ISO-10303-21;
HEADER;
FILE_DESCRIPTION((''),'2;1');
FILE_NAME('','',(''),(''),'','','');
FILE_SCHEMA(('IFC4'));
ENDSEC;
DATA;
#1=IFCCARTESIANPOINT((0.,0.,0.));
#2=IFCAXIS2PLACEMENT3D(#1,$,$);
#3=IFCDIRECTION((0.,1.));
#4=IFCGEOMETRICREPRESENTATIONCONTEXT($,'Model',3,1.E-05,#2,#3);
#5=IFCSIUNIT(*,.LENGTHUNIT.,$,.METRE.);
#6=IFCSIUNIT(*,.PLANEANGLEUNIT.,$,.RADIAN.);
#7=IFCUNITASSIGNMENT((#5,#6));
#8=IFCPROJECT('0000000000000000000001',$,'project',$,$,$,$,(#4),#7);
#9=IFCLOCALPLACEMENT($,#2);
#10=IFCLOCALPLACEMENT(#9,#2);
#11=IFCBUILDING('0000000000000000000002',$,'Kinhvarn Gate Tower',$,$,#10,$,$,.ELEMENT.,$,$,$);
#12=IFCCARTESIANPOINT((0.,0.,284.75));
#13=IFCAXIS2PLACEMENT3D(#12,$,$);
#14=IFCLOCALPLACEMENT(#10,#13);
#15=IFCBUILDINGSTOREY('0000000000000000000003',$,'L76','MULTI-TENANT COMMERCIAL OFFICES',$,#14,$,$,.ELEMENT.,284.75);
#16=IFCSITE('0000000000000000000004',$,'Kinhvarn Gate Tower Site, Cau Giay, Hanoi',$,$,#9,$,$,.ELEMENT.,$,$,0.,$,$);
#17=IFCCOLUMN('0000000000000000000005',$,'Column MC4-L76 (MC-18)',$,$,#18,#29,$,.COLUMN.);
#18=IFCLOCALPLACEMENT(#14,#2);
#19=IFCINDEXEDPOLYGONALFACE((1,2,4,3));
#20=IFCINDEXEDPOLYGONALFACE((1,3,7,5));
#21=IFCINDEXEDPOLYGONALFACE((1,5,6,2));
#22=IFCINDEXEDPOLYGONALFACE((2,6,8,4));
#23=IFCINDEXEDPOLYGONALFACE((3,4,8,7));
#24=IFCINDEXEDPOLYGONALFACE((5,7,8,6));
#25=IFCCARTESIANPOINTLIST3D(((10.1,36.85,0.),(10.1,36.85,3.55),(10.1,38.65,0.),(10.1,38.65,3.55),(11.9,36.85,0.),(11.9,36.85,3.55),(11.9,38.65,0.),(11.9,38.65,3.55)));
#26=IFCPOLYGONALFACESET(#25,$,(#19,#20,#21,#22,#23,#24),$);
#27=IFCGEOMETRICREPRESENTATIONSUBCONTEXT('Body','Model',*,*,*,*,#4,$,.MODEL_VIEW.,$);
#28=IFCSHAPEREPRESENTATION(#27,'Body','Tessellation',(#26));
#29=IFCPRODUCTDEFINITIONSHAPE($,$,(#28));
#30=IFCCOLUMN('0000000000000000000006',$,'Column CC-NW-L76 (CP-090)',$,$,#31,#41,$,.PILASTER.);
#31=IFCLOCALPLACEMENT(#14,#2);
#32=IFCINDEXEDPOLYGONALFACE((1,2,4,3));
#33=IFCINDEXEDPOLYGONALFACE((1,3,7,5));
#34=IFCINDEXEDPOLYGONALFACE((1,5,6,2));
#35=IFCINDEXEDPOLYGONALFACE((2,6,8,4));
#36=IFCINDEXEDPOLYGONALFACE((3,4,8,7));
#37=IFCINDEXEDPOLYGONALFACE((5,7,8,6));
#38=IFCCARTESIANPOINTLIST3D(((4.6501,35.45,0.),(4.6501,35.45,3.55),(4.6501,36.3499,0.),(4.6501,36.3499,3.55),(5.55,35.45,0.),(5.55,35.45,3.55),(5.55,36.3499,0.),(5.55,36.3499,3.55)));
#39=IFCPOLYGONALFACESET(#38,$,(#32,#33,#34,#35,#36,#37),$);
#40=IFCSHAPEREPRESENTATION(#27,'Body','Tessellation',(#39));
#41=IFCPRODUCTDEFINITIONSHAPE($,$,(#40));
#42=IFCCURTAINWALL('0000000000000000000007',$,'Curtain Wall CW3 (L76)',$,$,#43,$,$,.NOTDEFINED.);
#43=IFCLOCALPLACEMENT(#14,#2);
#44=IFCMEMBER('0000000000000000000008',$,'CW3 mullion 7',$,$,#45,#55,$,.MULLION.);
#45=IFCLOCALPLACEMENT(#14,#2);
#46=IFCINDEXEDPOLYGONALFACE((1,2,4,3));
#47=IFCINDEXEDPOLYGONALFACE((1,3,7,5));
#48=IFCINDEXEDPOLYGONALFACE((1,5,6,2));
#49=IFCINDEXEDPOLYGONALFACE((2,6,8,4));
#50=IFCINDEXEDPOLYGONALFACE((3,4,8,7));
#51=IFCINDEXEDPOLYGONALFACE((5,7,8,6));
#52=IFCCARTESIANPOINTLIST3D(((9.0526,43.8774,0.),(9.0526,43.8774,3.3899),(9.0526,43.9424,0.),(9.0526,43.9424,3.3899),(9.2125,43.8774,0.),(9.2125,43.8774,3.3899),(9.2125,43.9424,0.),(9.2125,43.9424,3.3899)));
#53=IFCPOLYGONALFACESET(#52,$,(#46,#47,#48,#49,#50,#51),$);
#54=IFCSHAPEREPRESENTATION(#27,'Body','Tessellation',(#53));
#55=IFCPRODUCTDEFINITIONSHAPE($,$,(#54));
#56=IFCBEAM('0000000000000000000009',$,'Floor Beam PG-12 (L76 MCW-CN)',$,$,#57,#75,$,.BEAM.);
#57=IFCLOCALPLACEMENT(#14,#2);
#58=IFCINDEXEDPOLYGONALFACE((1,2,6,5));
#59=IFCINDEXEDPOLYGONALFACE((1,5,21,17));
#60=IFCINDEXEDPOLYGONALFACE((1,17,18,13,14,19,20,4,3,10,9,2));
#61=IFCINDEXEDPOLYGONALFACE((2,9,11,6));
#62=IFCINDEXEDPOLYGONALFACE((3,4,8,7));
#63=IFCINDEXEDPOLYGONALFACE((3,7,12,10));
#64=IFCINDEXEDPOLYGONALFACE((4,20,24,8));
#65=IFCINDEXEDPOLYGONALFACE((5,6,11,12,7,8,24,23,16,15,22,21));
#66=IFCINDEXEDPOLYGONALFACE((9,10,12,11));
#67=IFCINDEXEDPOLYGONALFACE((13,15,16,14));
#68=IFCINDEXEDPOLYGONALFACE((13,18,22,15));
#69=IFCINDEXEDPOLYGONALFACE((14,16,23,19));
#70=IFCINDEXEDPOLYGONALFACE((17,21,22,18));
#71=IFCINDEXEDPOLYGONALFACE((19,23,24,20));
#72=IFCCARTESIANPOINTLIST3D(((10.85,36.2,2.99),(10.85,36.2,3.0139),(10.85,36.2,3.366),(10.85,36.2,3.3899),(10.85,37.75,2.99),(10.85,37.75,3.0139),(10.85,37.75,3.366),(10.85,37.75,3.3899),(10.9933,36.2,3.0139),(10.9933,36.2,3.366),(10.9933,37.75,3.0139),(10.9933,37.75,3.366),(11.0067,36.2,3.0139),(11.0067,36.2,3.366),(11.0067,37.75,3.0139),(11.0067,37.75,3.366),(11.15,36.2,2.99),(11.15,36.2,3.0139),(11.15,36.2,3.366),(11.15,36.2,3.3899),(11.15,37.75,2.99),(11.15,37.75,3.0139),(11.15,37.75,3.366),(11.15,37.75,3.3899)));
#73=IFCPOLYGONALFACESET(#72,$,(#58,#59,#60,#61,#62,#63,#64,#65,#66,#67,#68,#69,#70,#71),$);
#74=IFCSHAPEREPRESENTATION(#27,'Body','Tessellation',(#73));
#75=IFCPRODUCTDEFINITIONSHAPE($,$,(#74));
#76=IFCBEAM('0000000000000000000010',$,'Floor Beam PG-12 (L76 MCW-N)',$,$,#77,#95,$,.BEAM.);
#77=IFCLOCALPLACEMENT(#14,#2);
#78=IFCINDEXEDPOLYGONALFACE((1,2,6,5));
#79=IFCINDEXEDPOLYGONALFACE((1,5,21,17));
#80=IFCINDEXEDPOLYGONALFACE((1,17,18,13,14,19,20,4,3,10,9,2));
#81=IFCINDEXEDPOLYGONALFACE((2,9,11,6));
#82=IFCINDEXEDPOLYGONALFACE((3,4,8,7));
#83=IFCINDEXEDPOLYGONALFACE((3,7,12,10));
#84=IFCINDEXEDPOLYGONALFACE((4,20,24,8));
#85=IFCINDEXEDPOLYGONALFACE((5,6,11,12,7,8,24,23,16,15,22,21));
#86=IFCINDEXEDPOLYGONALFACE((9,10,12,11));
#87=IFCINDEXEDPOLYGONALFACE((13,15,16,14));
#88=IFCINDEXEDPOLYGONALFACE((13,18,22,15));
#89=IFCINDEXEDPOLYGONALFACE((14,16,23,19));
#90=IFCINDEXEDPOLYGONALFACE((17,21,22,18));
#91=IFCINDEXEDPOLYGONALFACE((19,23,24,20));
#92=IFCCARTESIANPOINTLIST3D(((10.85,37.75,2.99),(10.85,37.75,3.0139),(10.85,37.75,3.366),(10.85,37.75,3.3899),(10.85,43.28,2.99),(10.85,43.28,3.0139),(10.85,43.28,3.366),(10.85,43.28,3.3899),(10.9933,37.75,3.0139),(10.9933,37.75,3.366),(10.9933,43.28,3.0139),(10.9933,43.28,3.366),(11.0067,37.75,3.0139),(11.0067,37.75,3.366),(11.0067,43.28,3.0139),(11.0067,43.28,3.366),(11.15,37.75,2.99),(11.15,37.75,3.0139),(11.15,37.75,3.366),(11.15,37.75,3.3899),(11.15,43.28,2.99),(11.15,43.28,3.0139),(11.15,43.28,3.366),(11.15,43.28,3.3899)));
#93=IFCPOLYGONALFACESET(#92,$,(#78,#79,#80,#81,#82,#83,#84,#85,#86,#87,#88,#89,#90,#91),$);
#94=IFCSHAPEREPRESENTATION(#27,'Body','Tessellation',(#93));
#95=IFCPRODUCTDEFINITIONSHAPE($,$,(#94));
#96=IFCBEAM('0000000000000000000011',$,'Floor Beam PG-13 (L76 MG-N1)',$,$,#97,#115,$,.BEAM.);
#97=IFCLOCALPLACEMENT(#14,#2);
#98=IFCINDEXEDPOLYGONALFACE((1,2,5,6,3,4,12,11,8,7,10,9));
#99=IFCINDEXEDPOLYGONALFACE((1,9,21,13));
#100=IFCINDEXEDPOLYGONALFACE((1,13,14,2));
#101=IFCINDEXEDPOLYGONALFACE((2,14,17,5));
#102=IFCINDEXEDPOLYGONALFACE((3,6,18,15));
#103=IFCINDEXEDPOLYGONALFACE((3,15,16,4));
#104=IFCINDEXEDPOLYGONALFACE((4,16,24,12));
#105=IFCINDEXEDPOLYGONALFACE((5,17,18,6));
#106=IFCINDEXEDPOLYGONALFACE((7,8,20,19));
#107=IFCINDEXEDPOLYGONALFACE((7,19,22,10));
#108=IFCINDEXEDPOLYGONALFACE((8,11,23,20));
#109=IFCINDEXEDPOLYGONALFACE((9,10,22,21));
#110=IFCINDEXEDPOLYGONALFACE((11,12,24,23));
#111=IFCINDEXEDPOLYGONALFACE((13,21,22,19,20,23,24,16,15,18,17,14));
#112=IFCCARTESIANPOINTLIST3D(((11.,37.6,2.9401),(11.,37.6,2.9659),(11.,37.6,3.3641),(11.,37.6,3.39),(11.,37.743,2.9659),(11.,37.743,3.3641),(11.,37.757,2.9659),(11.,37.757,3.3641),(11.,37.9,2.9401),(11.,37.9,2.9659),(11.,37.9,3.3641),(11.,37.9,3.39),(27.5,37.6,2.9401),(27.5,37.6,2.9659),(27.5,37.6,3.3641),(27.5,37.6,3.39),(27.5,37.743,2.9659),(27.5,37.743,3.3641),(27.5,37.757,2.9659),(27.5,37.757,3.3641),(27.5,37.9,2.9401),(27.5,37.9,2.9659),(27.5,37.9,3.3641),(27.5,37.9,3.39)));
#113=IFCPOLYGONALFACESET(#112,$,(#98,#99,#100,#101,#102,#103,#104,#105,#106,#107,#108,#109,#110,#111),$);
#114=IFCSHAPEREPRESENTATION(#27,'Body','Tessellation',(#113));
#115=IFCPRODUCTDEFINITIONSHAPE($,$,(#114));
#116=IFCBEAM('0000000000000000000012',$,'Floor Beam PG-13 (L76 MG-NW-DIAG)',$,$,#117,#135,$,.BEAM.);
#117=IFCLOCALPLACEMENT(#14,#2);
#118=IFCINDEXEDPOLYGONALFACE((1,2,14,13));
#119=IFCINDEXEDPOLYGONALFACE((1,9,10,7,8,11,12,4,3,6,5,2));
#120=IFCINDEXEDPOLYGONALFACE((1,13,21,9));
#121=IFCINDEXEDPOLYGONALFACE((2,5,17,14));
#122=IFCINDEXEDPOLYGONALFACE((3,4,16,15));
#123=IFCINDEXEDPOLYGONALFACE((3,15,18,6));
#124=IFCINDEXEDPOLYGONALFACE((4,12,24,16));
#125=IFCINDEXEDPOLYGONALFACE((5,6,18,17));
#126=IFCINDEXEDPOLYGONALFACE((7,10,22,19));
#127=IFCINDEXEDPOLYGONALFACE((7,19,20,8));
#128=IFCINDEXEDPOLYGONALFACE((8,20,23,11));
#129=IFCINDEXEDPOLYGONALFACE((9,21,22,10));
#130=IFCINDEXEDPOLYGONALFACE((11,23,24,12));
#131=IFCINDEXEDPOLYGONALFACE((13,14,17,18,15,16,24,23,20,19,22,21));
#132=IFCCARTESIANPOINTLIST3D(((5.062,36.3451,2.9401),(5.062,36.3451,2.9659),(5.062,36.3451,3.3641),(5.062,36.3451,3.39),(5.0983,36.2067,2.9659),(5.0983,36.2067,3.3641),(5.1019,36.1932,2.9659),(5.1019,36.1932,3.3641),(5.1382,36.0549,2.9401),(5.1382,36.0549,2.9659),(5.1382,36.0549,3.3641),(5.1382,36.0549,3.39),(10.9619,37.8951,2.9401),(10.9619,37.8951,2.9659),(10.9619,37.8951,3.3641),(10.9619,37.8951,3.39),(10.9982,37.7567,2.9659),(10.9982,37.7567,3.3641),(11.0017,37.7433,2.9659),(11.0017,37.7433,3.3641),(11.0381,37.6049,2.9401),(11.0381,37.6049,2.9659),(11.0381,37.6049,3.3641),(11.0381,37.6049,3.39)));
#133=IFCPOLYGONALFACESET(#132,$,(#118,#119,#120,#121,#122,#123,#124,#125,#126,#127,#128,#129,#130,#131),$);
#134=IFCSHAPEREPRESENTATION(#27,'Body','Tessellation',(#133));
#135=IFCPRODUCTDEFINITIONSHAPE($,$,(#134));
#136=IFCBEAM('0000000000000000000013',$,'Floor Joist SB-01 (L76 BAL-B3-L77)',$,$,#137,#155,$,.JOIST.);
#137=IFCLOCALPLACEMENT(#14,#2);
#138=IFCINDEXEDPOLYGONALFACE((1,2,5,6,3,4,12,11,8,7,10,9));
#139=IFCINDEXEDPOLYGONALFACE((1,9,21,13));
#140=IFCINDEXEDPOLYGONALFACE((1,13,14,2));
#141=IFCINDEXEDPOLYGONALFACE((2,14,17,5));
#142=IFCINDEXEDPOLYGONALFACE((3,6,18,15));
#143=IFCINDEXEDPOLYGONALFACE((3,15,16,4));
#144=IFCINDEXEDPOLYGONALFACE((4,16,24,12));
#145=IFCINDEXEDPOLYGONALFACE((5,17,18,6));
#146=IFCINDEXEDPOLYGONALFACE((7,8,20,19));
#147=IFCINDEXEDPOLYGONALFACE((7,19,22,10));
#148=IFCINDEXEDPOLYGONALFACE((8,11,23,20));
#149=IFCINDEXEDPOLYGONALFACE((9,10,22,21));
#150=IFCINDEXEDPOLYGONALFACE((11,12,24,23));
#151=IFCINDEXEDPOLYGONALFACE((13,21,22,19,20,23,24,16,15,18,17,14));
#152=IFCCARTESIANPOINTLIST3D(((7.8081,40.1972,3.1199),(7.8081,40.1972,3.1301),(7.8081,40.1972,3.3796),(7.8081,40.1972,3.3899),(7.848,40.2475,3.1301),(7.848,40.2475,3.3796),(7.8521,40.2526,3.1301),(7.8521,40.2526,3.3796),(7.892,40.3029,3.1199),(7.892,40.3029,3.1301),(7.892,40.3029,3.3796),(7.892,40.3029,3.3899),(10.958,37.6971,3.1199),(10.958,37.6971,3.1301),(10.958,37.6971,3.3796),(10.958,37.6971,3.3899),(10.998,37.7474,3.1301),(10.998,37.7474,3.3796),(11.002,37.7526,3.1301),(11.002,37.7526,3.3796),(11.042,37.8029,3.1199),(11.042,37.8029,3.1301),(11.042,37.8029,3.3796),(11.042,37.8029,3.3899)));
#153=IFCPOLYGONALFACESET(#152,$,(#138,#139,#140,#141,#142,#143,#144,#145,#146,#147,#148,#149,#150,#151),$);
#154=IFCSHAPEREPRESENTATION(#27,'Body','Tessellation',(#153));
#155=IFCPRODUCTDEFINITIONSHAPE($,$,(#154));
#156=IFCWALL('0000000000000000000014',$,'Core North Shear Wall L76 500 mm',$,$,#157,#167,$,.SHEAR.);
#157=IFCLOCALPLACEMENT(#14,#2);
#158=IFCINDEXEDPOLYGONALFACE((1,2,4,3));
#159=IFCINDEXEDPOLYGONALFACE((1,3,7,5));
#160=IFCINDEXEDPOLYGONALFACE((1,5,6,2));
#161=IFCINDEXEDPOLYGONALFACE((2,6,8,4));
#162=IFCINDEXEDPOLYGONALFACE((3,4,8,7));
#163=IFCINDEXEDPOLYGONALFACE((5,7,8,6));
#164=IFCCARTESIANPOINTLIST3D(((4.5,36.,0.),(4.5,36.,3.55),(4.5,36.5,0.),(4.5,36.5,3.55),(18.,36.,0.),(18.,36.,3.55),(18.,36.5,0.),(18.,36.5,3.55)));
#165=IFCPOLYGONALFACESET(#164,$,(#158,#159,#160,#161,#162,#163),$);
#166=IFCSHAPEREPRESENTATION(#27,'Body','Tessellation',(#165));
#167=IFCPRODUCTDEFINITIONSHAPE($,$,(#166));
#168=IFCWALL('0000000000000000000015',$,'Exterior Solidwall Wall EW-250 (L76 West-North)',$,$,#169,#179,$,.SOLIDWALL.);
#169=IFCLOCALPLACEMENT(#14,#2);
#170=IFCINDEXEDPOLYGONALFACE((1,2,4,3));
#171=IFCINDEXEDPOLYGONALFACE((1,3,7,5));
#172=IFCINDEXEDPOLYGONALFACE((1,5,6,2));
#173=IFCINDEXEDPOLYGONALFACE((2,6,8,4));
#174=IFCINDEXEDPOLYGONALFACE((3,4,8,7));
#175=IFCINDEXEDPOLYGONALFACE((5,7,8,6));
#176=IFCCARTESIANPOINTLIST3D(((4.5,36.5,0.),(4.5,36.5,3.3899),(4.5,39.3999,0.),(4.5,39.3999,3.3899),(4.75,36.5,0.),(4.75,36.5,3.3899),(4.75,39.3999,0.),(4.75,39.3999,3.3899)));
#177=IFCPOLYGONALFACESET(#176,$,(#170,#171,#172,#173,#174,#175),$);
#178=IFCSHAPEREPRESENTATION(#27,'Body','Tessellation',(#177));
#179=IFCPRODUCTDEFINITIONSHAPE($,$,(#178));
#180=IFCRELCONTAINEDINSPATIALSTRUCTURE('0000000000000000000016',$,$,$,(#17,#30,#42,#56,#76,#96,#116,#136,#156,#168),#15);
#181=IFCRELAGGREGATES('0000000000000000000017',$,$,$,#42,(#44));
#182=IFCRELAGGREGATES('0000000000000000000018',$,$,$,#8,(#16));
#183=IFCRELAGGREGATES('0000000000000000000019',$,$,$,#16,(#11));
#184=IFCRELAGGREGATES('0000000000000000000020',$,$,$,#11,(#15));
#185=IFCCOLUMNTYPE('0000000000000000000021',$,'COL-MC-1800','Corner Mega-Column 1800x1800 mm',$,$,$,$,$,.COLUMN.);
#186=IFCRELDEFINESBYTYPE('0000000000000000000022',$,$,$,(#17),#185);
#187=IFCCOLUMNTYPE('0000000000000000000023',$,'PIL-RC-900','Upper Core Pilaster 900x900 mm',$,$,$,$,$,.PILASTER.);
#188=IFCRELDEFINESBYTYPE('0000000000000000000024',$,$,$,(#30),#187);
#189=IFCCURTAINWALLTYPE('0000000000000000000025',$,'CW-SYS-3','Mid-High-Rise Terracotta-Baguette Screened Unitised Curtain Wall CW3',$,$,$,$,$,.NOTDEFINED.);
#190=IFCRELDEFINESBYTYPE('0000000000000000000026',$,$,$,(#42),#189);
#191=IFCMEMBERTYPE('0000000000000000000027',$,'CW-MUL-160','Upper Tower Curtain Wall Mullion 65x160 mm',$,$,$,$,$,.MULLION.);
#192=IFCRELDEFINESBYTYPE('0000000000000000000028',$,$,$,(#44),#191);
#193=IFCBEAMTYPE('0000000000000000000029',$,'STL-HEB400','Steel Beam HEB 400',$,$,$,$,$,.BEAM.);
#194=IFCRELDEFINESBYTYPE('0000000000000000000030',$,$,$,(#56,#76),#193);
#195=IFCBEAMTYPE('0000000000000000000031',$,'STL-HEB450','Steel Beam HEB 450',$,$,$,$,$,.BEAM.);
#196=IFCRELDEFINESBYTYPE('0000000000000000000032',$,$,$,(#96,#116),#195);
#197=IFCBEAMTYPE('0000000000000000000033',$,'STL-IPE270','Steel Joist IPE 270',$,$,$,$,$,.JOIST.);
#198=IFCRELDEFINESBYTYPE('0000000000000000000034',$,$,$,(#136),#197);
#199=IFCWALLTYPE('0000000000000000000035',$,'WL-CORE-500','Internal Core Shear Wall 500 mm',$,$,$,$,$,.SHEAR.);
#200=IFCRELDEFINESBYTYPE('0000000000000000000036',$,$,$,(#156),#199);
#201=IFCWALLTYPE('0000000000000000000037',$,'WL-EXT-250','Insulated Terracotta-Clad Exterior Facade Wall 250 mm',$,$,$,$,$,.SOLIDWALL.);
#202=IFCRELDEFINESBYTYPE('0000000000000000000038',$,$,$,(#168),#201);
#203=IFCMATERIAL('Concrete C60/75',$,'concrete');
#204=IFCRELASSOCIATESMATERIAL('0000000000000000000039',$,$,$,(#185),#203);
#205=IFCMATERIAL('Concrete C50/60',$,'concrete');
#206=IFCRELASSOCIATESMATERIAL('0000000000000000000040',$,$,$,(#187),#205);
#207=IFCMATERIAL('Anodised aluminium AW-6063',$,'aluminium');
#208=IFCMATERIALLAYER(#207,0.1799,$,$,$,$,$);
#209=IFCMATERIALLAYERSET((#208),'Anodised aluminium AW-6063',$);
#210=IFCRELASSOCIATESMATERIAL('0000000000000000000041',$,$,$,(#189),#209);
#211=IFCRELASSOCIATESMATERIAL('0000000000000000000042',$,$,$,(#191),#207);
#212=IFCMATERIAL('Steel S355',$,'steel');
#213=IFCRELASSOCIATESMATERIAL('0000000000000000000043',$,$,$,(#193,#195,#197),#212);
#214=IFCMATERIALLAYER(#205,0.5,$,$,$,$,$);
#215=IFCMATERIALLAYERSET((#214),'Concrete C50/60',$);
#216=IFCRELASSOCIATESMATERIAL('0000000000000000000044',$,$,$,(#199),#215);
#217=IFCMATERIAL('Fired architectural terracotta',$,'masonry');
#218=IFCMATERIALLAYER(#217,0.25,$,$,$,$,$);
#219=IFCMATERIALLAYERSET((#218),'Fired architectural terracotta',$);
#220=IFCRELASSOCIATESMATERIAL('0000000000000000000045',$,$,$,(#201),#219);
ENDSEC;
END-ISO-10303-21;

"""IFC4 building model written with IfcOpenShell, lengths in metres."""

from ifc_helpers import new_model, si_unit, direction, frame, frame_2d, origin, origin_2d, place, context, subcontext, project, spatial, rectangle, i_section, extrude, material, layer, layer_set, material_profile, profile_set, type_object, element, aggregate, save


model = new_model("IFC4")

# Units and contexts
model_context = context("Model", 3, precision=1e-05, world=origin(), true_north=direction((0.0, 1.0)))
body_context = subcontext(model_context, "Body", "Model", "MODEL_VIEW")
ifc_project = project(units=[si_unit("LENGTHUNIT", "METRE"), si_unit("PLANEANGLEUNIT", "RADIAN")], contexts=[model_context])

# Site, building, storey
site_placement = place(None, origin())
site = spatial("IfcSite", under=ifc_project, at=site_placement, Name="Kinhvarn Gate Tower Site, Cau Giay, Hanoi", CompositionType="ELEMENT", RefElevation=0.0)
building_placement = place(site_placement, origin())
building = spatial("IfcBuilding", under=site, at=building_placement, Name="Kinhvarn Gate Tower", CompositionType="ELEMENT")
storey_placement = place(building_placement, frame((0.0, 0.0, 284.75)))
storey = spatial("IfcBuildingStorey", under=building, at=storey_placement, Name="L76", Description="MULTI-TENANT COMMERCIAL OFFICES", CompositionType="ELEMENT", Elevation=284.75)

# Columns
ifc_material_1 = material(Name="Concrete C60/75", Category="concrete")
ifc_material_profile_1 = material_profile(ifc_material_1, rectangle(XDim=1.8, YDim=1.8, at=origin_2d()), Name="RC 1800x1800")
ifc_profile_set_1 = profile_set([ifc_material_profile_1], Name="Concrete C60/75")
column_type_1 = type_object("IfcColumnType", Name="COL-MC-1800", Description="Corner Mega-Column 1800x1800 mm", PredefinedType="COLUMN", material=ifc_profile_set_1)
column_1_placement = place(storey_placement, frame((11.0, 37.75, 0.0), z_axis=(0.0, 0.0, 1.0), x_axis=(1.0, 0.0, 0.0)))
element("IfcColumn", 1, at=column_1_placement, inside=storey, type_object=column_type_1, Name="Column MC4-L76 (MC-18)", PredefinedType="COLUMN", context=body_context, shape_type="SweptSolid", body=[
    extrude(rectangle(XDim=1.8, YDim=1.8, at=origin_2d()), origin(), (0.0, 0.0, 1.0), 3.55),
])
ifc_material_2 = material(Name="Concrete C50/60", Category="concrete")
ifc_material_profile_2 = material_profile(ifc_material_2, rectangle(XDim=0.8999, YDim=0.8999, at=origin_2d()), Name="RC 900x900")
ifc_profile_set_2 = profile_set([ifc_material_profile_2], Name="Concrete C50/60")
column_type_2 = type_object("IfcColumnType", Name="PIL-RC-900", Description="Upper Core Pilaster 900x900 mm", PredefinedType="PILASTER", material=ifc_profile_set_2)
column_2_placement = place(storey_placement, frame((5.1001, 35.8999, 0.0), z_axis=(0.0, 0.0, 1.0), x_axis=(1.0, 0.0, 0.0)))
element("IfcColumn", 2, at=column_2_placement, inside=storey, type_object=column_type_2, Name="Column CC-NW-L76 (CP-090)", PredefinedType="PILASTER", context=body_context, shape_type="SweptSolid", body=[
    extrude(rectangle(XDim=0.8999, YDim=0.8999, at=origin_2d()), origin(), (0.0, 0.0, 1.0), 3.55),
])

# Curtain wall, member
ifc_material_3 = material(Name="Anodised aluminium AW-6063", Category="aluminium")
ifc_layer_1 = layer(ifc_material_3, 0.1799)
ifc_layer_set_1 = layer_set([ifc_layer_1], Name="Anodised aluminium AW-6063")
curtain_wall_type = type_object("IfcCurtainWallType", Name="CW-SYS-3", Description="Mid-High-Rise Terracotta-Baguette Screened Unitised Curtain Wall CW3", PredefinedType="NOTDEFINED", material=ifc_layer_set_1)
curtain_wall_placement = place(storey_placement, origin())
curtain_wall = element("IfcCurtainWall", 3, at=curtain_wall_placement, inside=storey, type_object=curtain_wall_type, Name="Curtain Wall CW3 (L76)", PredefinedType="NOTDEFINED")
ifc_material_profile_3 = material_profile(ifc_material_3, rectangle(XDim=0.0649, YDim=0.1599, at=origin_2d()), Name="ALU 65x160")
ifc_profile_set_3 = profile_set([ifc_material_profile_3], Name="Anodised aluminium AW-6063")
member_type = type_object("IfcMemberType", Name="CW-MUL-160", Description="Upper Tower Curtain Wall Mullion 65x160 mm", PredefinedType="MULLION", material=ifc_profile_set_3)
member_placement = place(storey_placement, frame((9.1326, 43.9099, 0.0), z_axis=(0.0, 0.0, 1.0), x_axis=(0.0, -1.0, 0.0)))
member = element("IfcMember", 4, at=member_placement, type_object=member_type, Name="CW3 mullion 7", PredefinedType="MULLION", context=body_context, shape_type="SweptSolid", body=[
    extrude(rectangle(XDim=0.0649, YDim=0.1599, at=origin_2d()), origin(), (0.0, 0.0, 1.0), 3.3899),
])
aggregate(curtain_wall, [member])

# Beams
ifc_material_4 = material(Name="Steel S355", Category="steel")
ifc_material_profile_4 = material_profile(ifc_material_4, i_section(OverallWidth=0.3, OverallDepth=0.3999, WebThickness=0.0134, FlangeThickness=0.0239, at=origin_2d()), Name="HEB 400")
ifc_profile_set_4 = profile_set([ifc_material_profile_4], Name="Steel S355")
beam_type_1 = type_object("IfcBeamType", Name="STL-HEB400", Description="Steel Beam HEB 400", PredefinedType="BEAM", material=ifc_profile_set_4)
beam_1_placement = place(storey_placement, frame((11.0, 36.2, 3.1899), z_axis=(0.0, 1.0, 0.0), x_axis=(-1.0, 0.0, 0.0)))
element("IfcBeam", 5, at=beam_1_placement, inside=storey, type_object=beam_type_1, Name="Floor Beam PG-12 (L76 MCW-CN)", PredefinedType="BEAM", context=body_context, shape_type="SweptSolid", body=[
    extrude(i_section(OverallWidth=0.3, OverallDepth=0.3999, WebThickness=0.0134, FlangeThickness=0.0239, at=origin_2d()), origin(), (0.0, 0.0, 1.0), 1.55),
])
beam_2_placement = place(storey_placement, frame((11.0, 37.75, 3.1899), z_axis=(0.0, 1.0, 0.0), x_axis=(-1.0, 0.0, 0.0)))
element("IfcBeam", 6, at=beam_2_placement, inside=storey, type_object=beam_type_1, Name="Floor Beam PG-12 (L76 MCW-N)", PredefinedType="BEAM", context=body_context, shape_type="SweptSolid", body=[
    extrude(i_section(OverallWidth=0.3, OverallDepth=0.3999, WebThickness=0.0134, FlangeThickness=0.0239, at=origin_2d()), origin(), (0.0, 0.0, 1.0), 5.53),
])
ifc_material_profile_5 = material_profile(ifc_material_4, i_section(OverallWidth=0.3, OverallDepth=0.45, WebThickness=0.0139, FlangeThickness=0.0259, at=origin_2d()), Name="HEB 450")
ifc_profile_set_5 = profile_set([ifc_material_profile_5], Name="Steel S355")
beam_type_2 = type_object("IfcBeamType", Name="STL-HEB450", Description="Steel Beam HEB 450", PredefinedType="BEAM", material=ifc_profile_set_5)
beam_3_placement = place(storey_placement, frame((11.0, 37.75, 3.165), z_axis=(1.0, 0.0, 0.0), x_axis=(0.0, 1.0, 0.0)))
element("IfcBeam", 7, at=beam_3_placement, inside=storey, type_object=beam_type_2, Name="Floor Beam PG-13 (L76 MG-N1)", PredefinedType="BEAM", context=body_context, shape_type="SweptSolid", body=[
    extrude(i_section(OverallWidth=0.3, OverallDepth=0.45, WebThickness=0.0139, FlangeThickness=0.0259, at=origin_2d()), origin(), (0.0, 0.0, 1.0), 16.5),
])
beam_4_placement = place(storey_placement, frame((5.1001, 36.2, 3.165), z_axis=(0.967178, 0.254101, 0.0), x_axis=(-0.254101, 0.967178, 0.0)))
element("IfcBeam", 8, at=beam_4_placement, inside=storey, type_object=beam_type_2, Name="Floor Beam PG-13 (L76 MG-NW-DIAG)", PredefinedType="BEAM", context=body_context, shape_type="SweptSolid", body=[
    extrude(i_section(OverallWidth=0.3, OverallDepth=0.45, WebThickness=0.0139, FlangeThickness=0.0259, at=origin_2d()), origin(), (0.0, 0.0, 1.0), 6.1001),
])
ifc_material_profile_6 = material_profile(ifc_material_4, i_section(OverallWidth=0.135, OverallDepth=0.27, WebThickness=0.0066, FlangeThickness=0.0103, at=origin_2d()), Name="IPE 270")
ifc_profile_set_6 = profile_set([ifc_material_profile_6], Name="Steel S355")
beam_type_3 = type_object("IfcBeamType", Name="STL-IPE270", Description="Steel Joist IPE 270", PredefinedType="JOIST", material=ifc_profile_set_6)
beam_5_placement = place(storey_placement, frame((11.0, 37.75, 3.2549), z_axis=(-0.78328, 0.62167, 0.0), x_axis=(-0.62167, -0.78328, 0.0)))
element("IfcBeam", 9, at=beam_5_placement, inside=storey, type_object=beam_type_3, Name="Floor Joist SB-01 (L76 BAL-B3-L77)", PredefinedType="JOIST", context=body_context, shape_type="SweptSolid", body=[
    extrude(i_section(OverallWidth=0.135, OverallDepth=0.27, WebThickness=0.0066, FlangeThickness=0.0103, at=origin_2d()), origin(), (0.0, 0.0, 1.0), 4.0215),
])

# Walls
ifc_layer_2 = layer(ifc_material_2, 0.5)
ifc_layer_set_2 = layer_set([ifc_layer_2], Name="Concrete C50/60")
wall_type_1 = type_object("IfcWallType", Name="WL-CORE-500", Description="Internal Core Shear Wall 500 mm", PredefinedType="SHEAR", material=ifc_layer_set_2)
wall_1_placement = place(storey_placement, frame((4.5, 36.25, 0.0), z_axis=(0.0, 0.0, 1.0), x_axis=(1.0, 0.0, 0.0)))
element("IfcWall", 10, at=wall_1_placement, inside=storey, type_object=wall_type_1, Name="Core North Shear Wall L76 500 mm", PredefinedType="SHEAR", context=body_context, shape_type="SweptSolid", body=[
    extrude(rectangle(XDim=13.5, YDim=0.5, at=frame_2d((6.75, 0.0))), origin(), (0.0, 0.0, 1.0), 3.55),
])
ifc_material_5 = material(Name="Fired architectural terracotta", Category="masonry")
ifc_layer_3 = layer(ifc_material_5, 0.25)
ifc_layer_set_3 = layer_set([ifc_layer_3], Name="Fired architectural terracotta")
wall_type_2 = type_object("IfcWallType", Name="WL-EXT-250", Description="Insulated Terracotta-Clad Exterior Facade Wall 250 mm", PredefinedType="SOLIDWALL", material=ifc_layer_set_3)
wall_2_placement = place(storey_placement, frame((4.625, 39.3999, 0.0), z_axis=(0.0, 0.0, 1.0), x_axis=(0.0, -1.0, 0.0)))
element("IfcWall", 11, at=wall_2_placement, inside=storey, type_object=wall_type_2, Name="Exterior Solidwall Wall EW-250 (L76 West-North)", PredefinedType="SOLIDWALL", context=body_context, shape_type="SweptSolid", body=[
    extrude(rectangle(XDim=2.8999, YDim=0.25, at=frame_2d((1.45, 0.0))), origin(), (0.0, 0.0, 1.0), 3.3899),
])

save(model, "model.ifc")
